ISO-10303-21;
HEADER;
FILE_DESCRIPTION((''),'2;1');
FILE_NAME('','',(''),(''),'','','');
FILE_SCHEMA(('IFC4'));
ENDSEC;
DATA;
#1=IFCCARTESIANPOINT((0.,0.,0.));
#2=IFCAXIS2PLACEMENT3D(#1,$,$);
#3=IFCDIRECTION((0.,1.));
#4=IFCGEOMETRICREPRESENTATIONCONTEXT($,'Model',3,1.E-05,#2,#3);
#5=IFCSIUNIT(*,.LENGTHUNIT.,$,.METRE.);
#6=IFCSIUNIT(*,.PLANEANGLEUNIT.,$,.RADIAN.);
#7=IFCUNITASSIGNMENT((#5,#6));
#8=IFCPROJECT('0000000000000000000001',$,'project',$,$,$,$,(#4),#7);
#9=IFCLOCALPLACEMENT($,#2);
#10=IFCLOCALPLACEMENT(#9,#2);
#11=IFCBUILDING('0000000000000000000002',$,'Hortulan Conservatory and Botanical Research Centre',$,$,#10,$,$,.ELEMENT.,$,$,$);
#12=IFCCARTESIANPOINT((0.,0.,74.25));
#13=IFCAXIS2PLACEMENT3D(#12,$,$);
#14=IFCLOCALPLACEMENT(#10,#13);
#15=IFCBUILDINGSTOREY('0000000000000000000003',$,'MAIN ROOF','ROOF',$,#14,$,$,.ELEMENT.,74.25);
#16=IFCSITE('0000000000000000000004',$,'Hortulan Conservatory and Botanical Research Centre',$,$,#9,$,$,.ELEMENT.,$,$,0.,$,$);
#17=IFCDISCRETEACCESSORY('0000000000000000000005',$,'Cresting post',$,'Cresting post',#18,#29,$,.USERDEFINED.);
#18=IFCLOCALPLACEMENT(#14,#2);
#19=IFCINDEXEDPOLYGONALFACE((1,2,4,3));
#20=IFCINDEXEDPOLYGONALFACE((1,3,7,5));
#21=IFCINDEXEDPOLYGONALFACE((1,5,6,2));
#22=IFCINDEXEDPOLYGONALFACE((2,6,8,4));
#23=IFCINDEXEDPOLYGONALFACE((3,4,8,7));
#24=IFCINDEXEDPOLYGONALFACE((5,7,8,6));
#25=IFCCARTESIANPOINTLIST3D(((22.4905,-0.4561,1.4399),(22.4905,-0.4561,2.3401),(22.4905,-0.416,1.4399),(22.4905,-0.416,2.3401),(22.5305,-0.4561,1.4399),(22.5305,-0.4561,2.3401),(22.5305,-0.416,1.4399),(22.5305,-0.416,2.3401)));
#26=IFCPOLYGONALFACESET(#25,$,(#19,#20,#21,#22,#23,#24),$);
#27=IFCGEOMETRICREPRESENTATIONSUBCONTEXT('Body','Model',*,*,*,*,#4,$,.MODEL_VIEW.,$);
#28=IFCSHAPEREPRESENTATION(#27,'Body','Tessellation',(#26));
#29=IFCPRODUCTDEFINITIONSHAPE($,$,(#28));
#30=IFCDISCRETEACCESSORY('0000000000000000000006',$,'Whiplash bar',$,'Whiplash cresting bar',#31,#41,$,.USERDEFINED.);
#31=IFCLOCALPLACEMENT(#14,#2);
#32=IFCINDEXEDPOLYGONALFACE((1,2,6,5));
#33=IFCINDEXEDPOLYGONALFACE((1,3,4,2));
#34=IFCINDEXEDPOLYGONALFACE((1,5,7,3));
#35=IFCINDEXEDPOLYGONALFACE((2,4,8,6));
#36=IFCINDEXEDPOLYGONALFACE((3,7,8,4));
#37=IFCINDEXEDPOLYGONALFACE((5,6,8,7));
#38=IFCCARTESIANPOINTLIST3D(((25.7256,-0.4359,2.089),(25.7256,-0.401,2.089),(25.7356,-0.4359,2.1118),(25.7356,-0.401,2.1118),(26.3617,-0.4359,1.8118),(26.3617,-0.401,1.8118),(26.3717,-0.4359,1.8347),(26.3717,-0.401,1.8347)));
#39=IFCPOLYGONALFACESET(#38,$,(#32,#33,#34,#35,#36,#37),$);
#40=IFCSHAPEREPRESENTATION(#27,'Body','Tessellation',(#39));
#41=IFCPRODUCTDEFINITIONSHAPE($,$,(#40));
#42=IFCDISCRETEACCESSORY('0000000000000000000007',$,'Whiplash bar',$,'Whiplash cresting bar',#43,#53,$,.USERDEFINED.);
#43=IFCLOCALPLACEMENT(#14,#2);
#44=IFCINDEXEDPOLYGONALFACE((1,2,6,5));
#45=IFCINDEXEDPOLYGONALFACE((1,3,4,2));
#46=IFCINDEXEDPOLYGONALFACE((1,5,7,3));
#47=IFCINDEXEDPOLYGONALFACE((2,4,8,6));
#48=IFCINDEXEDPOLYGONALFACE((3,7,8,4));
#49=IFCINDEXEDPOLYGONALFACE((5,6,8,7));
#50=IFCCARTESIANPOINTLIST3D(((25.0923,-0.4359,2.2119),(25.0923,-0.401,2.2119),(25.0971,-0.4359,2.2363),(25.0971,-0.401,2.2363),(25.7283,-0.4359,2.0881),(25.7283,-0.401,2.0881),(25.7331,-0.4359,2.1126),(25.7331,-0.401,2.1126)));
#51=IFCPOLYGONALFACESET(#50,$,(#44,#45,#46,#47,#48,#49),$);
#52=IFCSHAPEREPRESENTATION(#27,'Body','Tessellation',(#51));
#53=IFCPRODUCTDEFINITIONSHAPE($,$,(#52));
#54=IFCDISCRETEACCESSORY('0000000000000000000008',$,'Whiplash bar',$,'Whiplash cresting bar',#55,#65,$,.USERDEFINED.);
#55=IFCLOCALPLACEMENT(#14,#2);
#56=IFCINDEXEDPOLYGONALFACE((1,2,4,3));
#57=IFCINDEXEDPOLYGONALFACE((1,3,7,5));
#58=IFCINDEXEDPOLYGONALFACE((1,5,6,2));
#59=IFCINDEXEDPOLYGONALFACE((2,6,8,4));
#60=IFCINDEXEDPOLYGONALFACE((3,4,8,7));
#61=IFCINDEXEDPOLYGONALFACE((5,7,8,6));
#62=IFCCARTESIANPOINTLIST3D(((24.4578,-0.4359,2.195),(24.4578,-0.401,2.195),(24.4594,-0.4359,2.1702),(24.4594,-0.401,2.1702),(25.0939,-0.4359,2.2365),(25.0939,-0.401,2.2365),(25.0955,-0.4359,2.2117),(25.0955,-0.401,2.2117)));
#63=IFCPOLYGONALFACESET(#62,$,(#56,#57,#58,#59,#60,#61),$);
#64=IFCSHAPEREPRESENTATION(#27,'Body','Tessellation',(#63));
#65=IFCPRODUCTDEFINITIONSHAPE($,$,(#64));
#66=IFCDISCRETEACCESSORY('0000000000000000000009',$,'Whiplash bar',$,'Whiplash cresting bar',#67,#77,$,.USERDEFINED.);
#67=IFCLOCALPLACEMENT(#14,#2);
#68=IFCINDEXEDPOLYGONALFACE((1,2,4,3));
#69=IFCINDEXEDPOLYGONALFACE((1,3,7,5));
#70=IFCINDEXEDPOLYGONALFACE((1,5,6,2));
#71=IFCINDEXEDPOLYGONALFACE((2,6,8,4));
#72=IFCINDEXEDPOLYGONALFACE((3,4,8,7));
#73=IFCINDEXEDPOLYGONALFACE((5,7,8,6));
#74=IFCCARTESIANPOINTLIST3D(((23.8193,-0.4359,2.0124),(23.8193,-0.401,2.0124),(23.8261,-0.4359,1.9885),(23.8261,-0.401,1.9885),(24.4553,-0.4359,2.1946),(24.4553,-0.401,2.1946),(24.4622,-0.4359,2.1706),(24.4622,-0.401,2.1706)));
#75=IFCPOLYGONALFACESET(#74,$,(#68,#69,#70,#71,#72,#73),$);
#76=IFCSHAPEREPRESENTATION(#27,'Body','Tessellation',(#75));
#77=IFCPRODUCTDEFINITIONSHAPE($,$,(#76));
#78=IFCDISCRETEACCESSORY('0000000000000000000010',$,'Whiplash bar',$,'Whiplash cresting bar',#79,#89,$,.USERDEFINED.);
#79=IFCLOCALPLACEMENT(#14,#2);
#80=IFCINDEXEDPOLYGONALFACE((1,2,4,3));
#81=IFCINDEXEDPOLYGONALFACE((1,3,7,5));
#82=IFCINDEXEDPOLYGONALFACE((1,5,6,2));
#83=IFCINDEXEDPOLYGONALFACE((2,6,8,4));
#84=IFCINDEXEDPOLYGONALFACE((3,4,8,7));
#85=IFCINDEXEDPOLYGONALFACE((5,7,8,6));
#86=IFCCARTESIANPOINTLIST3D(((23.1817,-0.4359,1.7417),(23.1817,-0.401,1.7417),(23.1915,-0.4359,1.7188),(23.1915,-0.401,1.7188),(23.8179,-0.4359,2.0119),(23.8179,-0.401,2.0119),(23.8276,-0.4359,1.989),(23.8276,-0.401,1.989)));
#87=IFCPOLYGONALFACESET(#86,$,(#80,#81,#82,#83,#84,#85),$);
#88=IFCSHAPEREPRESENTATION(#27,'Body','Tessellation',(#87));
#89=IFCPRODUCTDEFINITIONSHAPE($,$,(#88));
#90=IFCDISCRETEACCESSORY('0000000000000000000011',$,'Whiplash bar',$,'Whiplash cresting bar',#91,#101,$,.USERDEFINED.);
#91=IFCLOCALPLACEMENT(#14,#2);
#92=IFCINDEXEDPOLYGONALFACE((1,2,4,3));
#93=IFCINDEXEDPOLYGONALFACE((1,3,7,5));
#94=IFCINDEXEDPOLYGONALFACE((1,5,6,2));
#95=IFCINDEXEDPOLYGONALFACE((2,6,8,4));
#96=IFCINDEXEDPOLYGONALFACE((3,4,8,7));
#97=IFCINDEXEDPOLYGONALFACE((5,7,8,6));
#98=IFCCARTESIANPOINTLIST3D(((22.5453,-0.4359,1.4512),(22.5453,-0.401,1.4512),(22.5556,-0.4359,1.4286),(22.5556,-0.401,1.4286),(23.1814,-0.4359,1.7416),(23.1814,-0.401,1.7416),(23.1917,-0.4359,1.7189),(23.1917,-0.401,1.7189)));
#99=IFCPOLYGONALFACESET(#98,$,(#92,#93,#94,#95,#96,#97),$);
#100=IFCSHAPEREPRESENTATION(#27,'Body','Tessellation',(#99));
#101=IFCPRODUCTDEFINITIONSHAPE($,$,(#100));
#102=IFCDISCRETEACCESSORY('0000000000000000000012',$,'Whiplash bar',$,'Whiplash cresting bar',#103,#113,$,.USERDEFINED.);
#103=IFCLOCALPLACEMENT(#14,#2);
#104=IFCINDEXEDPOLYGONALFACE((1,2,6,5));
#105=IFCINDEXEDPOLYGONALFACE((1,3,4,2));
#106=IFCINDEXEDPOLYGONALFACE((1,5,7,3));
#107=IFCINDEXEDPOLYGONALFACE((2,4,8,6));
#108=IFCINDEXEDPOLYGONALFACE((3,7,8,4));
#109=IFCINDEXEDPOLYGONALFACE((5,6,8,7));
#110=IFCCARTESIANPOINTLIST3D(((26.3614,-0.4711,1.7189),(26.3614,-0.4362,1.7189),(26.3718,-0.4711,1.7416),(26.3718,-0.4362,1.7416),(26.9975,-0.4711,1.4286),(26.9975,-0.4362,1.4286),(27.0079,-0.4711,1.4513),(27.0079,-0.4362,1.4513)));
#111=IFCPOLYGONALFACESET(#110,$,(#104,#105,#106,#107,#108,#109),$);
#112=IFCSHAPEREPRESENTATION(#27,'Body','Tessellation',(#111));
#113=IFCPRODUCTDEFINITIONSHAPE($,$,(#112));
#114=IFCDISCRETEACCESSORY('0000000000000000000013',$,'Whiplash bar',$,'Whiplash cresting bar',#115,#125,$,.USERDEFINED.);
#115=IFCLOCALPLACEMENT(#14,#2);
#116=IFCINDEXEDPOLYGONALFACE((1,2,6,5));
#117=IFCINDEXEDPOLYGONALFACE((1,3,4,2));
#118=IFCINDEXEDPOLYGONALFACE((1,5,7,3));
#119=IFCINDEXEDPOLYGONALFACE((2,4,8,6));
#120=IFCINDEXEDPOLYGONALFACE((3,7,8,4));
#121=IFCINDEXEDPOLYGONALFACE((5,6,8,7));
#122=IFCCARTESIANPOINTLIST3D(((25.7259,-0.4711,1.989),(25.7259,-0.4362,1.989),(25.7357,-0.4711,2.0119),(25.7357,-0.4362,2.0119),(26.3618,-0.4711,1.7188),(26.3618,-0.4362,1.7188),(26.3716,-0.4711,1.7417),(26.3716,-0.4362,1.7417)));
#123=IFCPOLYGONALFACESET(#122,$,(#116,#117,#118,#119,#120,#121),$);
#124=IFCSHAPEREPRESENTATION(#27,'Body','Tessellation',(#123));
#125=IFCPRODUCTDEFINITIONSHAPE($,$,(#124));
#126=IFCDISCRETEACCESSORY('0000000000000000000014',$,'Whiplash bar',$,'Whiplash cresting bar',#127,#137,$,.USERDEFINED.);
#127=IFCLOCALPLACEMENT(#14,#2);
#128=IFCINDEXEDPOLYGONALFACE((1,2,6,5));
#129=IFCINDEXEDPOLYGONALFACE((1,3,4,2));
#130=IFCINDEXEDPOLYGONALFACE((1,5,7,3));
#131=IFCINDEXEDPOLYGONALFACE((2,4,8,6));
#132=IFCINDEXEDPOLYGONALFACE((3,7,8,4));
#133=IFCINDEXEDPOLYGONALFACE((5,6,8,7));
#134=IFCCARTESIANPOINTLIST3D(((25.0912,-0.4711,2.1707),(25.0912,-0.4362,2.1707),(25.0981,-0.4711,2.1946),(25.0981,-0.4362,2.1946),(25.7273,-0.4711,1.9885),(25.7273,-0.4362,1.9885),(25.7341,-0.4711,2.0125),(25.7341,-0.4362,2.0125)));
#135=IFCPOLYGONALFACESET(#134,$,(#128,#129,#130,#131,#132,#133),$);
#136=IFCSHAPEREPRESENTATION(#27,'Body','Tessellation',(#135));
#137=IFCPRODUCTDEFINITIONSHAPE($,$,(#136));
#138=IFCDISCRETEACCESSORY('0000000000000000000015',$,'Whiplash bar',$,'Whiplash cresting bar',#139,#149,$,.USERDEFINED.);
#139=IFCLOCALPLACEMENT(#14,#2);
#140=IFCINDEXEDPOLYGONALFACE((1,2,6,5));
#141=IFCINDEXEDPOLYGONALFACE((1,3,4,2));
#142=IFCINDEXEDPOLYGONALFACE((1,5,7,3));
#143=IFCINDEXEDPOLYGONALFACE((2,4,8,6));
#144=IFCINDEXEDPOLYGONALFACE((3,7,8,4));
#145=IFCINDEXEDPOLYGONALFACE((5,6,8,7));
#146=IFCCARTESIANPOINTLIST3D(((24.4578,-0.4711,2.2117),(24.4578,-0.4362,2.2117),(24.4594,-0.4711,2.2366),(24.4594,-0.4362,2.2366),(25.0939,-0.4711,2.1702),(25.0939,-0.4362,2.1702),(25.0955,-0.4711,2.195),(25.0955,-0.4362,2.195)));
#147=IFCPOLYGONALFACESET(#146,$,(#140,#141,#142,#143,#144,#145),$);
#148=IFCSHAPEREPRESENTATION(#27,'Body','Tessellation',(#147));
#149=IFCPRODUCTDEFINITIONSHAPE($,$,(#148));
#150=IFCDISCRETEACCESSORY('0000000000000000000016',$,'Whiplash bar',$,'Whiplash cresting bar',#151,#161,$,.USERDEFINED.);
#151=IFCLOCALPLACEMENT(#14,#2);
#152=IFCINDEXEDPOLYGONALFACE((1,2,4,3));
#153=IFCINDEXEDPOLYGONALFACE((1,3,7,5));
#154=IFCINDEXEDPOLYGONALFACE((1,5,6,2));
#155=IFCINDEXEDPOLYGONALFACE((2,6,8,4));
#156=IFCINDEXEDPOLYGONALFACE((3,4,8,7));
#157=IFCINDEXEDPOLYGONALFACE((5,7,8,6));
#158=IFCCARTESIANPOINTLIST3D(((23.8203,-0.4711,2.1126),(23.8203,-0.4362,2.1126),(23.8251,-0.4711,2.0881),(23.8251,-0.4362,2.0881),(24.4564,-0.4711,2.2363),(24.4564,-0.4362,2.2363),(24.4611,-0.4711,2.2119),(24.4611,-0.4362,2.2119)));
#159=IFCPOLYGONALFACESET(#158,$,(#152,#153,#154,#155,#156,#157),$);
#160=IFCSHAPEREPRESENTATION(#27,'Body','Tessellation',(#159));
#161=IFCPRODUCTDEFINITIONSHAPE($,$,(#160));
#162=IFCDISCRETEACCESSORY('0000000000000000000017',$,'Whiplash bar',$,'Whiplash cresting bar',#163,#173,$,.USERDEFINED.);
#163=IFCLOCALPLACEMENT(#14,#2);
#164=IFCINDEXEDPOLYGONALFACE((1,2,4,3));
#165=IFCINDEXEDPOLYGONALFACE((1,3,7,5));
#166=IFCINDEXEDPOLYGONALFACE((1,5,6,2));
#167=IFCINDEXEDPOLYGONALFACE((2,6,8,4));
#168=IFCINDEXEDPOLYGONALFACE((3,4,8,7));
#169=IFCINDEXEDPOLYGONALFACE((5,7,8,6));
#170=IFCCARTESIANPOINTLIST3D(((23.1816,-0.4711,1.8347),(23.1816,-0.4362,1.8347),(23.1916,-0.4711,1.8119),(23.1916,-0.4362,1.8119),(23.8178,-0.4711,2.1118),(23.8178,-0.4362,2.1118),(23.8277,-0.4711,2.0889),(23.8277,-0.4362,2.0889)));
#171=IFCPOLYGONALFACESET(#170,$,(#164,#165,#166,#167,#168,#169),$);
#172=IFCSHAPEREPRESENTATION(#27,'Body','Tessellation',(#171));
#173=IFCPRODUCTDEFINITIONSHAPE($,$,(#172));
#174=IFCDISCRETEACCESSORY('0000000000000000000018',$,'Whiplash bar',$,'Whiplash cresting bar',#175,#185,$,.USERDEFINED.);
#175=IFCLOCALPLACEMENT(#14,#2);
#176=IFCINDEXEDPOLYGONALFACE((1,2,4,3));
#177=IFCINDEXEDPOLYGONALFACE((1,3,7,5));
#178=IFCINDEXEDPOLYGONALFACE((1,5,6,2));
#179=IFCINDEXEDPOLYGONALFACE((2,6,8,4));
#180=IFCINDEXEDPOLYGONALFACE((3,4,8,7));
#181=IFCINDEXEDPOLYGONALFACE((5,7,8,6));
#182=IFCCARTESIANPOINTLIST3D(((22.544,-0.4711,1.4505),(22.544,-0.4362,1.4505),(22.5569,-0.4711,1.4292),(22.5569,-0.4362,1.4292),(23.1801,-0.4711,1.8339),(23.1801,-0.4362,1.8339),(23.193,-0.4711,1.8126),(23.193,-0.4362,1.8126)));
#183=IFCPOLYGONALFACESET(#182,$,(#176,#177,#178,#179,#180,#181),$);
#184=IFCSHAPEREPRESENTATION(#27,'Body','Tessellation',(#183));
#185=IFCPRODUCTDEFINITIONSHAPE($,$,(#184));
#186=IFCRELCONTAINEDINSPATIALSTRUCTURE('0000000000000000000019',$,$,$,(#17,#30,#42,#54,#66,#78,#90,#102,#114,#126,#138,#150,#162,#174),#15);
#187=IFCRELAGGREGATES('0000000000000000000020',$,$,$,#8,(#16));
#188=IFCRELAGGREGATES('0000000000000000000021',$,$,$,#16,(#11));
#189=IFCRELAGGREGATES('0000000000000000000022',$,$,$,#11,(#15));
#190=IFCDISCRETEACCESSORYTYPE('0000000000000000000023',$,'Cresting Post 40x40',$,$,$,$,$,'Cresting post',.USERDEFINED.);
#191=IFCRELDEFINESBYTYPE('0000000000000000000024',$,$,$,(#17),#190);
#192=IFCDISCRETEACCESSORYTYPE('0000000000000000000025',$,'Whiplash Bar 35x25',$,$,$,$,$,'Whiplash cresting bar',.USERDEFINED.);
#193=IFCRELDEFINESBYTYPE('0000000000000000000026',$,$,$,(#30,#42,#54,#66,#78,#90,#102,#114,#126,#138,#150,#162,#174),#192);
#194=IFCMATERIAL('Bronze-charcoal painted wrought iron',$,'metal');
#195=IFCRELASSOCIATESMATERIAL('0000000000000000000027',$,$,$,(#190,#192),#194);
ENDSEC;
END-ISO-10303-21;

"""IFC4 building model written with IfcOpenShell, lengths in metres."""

from ifc_helpers import new_model, si_unit, direction, frame, origin, origin_2d, place, context, subcontext, project, spatial, rectangle, extrude, material, material_profile, profile_set, type_object, element, save


model = new_model("IFC4")

# Units and contexts
model_context = context("Model", 3, precision=1e-05, world=origin(), true_north=direction((0.0, 1.0)))
body_context = subcontext(model_context, "Body", "Model", "MODEL_VIEW")
ifc_project = project(units=[si_unit("LENGTHUNIT", "METRE"), si_unit("PLANEANGLEUNIT", "RADIAN")], contexts=[model_context])

# Site, building, storey
site_placement = place(None, origin())
site = spatial("IfcSite", under=ifc_project, at=site_placement, Name="Hortulan Conservatory and Botanical Research Centre", CompositionType="ELEMENT", RefElevation=0.0)
building_placement = place(site_placement, origin())
building = spatial("IfcBuilding", under=site, at=building_placement, Name="Hortulan Conservatory and Botanical Research Centre", CompositionType="ELEMENT")
storey_placement = place(building_placement, frame((0.0, 0.0, 74.25)))
storey = spatial("IfcBuildingStorey", under=building, at=storey_placement, Name="MAIN ROOF", Description="ROOF", CompositionType="ELEMENT", Elevation=74.25)

# Discrete accessories
ifc_material = material(Name="Bronze-charcoal painted wrought iron", Category="metal")
ifc_material_profile_1 = material_profile(ifc_material, rectangle(XDim=0.04, YDim=0.04, at=origin_2d()), Name="Square bar 40x40")
ifc_profile_set_1 = profile_set([ifc_material_profile_1], Name="Bronze-charcoal painted wrought iron")
discrete_accessory_type_1 = type_object("IfcDiscreteAccessoryType", Name="Cresting Post 40x40", ElementType="Cresting post", PredefinedType="USERDEFINED", material=ifc_profile_set_1)
discrete_accessory_1_placement = place(storey_placement, frame((22.5105, -0.436, 1.4399), z_axis=(0.0, 0.0, 1.0), x_axis=(1.0, 0.0, 0.0)))
element("IfcDiscreteAccessory", 1, at=discrete_accessory_1_placement, inside=storey, type_object=discrete_accessory_type_1, Name="Cresting post", ObjectType="Cresting post", PredefinedType="USERDEFINED", context=body_context, shape_type="SweptSolid", body=[
    extrude(rectangle(XDim=0.04, YDim=0.04, at=origin_2d()), origin(), (0.0, 0.0, 1.0), 0.9001),
])
ifc_material_profile_2 = material_profile(ifc_material, rectangle(XDim=0.0349, YDim=0.0249, at=origin_2d()), Name="Flat bar 35x25")
ifc_profile_set_2 = profile_set([ifc_material_profile_2], Name="Bronze-charcoal painted wrought iron")
discrete_accessory_type_2 = type_object("IfcDiscreteAccessoryType", Name="Whiplash Bar 35x25", ElementType="Whiplash cresting bar", PredefinedType="USERDEFINED", material=ifc_profile_set_2)
discrete_accessory_2_placement = place(storey_placement, frame((26.3667, -0.4185, 1.8232), z_axis=(-0.916762, 0.0, 0.399434), x_axis=(0.0, -1.0, 0.0)))
element("IfcDiscreteAccessory", 2, at=discrete_accessory_2_placement, inside=storey, type_object=discrete_accessory_type_2, Name="Whiplash bar", ObjectType="Whiplash cresting bar", PredefinedType="USERDEFINED", context=body_context, shape_type="SweptSolid", body=[
    extrude(rectangle(XDim=0.0349, YDim=0.0249, at=origin_2d()), origin(), (0.0, 0.0, 1.0), 0.6938),
])
discrete_accessory_3_placement = place(storey_placement, frame((25.7307, -0.4185, 2.1003), z_axis=(-0.981582, 0.0, 0.191041), x_axis=(0.0, -1.0, 0.0)))
element("IfcDiscreteAccessory", 3, at=discrete_accessory_3_placement, inside=storey, type_object=discrete_accessory_type_2, Name="Whiplash bar", ObjectType="Whiplash cresting bar", PredefinedType="USERDEFINED", context=body_context, shape_type="SweptSolid", body=[
    extrude(rectangle(XDim=0.0349, YDim=0.0249, at=origin_2d()), origin(), (0.0, 0.0, 1.0), 0.6479),
])
discrete_accessory_4_placement = place(storey_placement, frame((25.0947, -0.4185, 2.2241), z_axis=(-0.997877, 0.0, -0.065121), x_axis=(0.0, -1.0, 0.0)))
element("IfcDiscreteAccessory", 4, at=discrete_accessory_4_placement, inside=storey, type_object=discrete_accessory_type_2, Name="Whiplash bar", ObjectType="Whiplash cresting bar", PredefinedType="USERDEFINED", context=body_context, shape_type="SweptSolid", body=[
    extrude(rectangle(XDim=0.0349, YDim=0.0249, at=origin_2d()), origin(), (0.0, 0.0, 1.0), 0.6375),
])
discrete_accessory_5_placement = place(storey_placement, frame((24.4587, -0.4185, 2.1826), z_axis=(-0.961357, 0.0, -0.275306), x_axis=(0.0, -1.0, 0.0)))
element("IfcDiscreteAccessory", 5, at=discrete_accessory_5_placement, inside=storey, type_object=discrete_accessory_type_2, Name="Whiplash bar", ObjectType="Whiplash cresting bar", PredefinedType="USERDEFINED", context=body_context, shape_type="SweptSolid", body=[
    extrude(rectangle(XDim=0.0349, YDim=0.0249, at=origin_2d()), origin(), (0.0, 0.0, 1.0), 0.6616),
])
discrete_accessory_6_placement = place(storey_placement, frame((23.8228, -0.4185, 2.0005), z_axis=(-0.920401, 0.0, -0.390976), x_axis=(0.0, -1.0, 0.0)))
element("IfcDiscreteAccessory", 6, at=discrete_accessory_6_placement, inside=storey, type_object=discrete_accessory_type_2, Name="Whiplash bar", ObjectType="Whiplash cresting bar", PredefinedType="USERDEFINED", context=body_context, shape_type="SweptSolid", body=[
    extrude(rectangle(XDim=0.0349, YDim=0.0249, at=origin_2d()), origin(), (0.0, 0.0, 1.0), 0.6912),
])
for number, where, z_axis, x_axis, name in (
    (7, (23.1865, -0.4185, 1.7302), (-0.90972, 0.0, -0.415223), (0.0, -1.0, 0.0), "Whiplash bar"),
    (8, (27.0027, -0.4536, 1.4399), (-0.90972, 0.0, 0.415223), (0.0, -1.0, 0.0), "Whiplash bar"),
):
    element("IfcDiscreteAccessory", number, at=place(storey_placement, frame(where, z_axis=z_axis, x_axis=x_axis)), inside=storey, type_object=discrete_accessory_type_2, Name=name, ObjectType="Whiplash cresting bar", PredefinedType="USERDEFINED", context=body_context, shape_type="SweptSolid", body=[
        extrude(rectangle(XDim=0.0349, YDim=0.0249, at=origin_2d()), origin(), (0.0, 0.0, 1.0), 0.6992),
    ])
discrete_accessory_7_placement = place(storey_placement, frame((26.3667, -0.4536, 1.7302), z_axis=(-0.920347, 0.0, 0.391103), x_axis=(0.0, -1.0, 0.0)))
element("IfcDiscreteAccessory", 9, at=discrete_accessory_7_placement, inside=storey, type_object=discrete_accessory_type_2, Name="Whiplash bar", ObjectType="Whiplash cresting bar", PredefinedType="USERDEFINED", context=body_context, shape_type="SweptSolid", body=[
    extrude(rectangle(XDim=0.0349, YDim=0.0249, at=origin_2d()), origin(), (0.0, 0.0, 1.0), 0.6909),
])
discrete_accessory_8_placement = place(storey_placement, frame((25.7307, -0.4536, 2.0005), z_axis=(-0.961357, 0.0, 0.275306), x_axis=(0.0, -1.0, 0.0)))
element("IfcDiscreteAccessory", 10, at=discrete_accessory_8_placement, inside=storey, type_object=discrete_accessory_type_2, Name="Whiplash bar", ObjectType="Whiplash cresting bar", PredefinedType="USERDEFINED", context=body_context, shape_type="SweptSolid", body=[
    extrude(rectangle(XDim=0.0349, YDim=0.0249, at=origin_2d()), origin(), (0.0, 0.0, 1.0), 0.6616),
])
discrete_accessory_9_placement = place(storey_placement, frame((25.0947, -0.4536, 2.1826), z_axis=(-0.997877, 0.0, 0.065121), x_axis=(0.0, -1.0, 0.0)))
element("IfcDiscreteAccessory", 11, at=discrete_accessory_9_placement, inside=storey, type_object=discrete_accessory_type_2, Name="Whiplash bar", ObjectType="Whiplash cresting bar", PredefinedType="USERDEFINED", context=body_context, shape_type="SweptSolid", body=[
    extrude(rectangle(XDim=0.0349, YDim=0.0249, at=origin_2d()), origin(), (0.0, 0.0, 1.0), 0.6375),
])
discrete_accessory_10_placement = place(storey_placement, frame((24.4587, -0.4536, 2.2241), z_axis=(-0.981582, 0.0, -0.191041), x_axis=(0.0, -1.0, 0.0)))
element("IfcDiscreteAccessory", 12, at=discrete_accessory_10_placement, inside=storey, type_object=discrete_accessory_type_2, Name="Whiplash bar", ObjectType="Whiplash cresting bar", PredefinedType="USERDEFINED", context=body_context, shape_type="SweptSolid", body=[
    extrude(rectangle(XDim=0.0349, YDim=0.0249, at=origin_2d()), origin(), (0.0, 0.0, 1.0), 0.6479),
])
discrete_accessory_11_placement = place(storey_placement, frame((23.8228, -0.4536, 2.1003), z_axis=(-0.916818, 0.0, -0.399305), x_axis=(0.0, -1.0, 0.0)))
element("IfcDiscreteAccessory", 13, at=discrete_accessory_11_placement, inside=storey, type_object=discrete_accessory_type_2, Name="Whiplash bar", ObjectType="Whiplash cresting bar", PredefinedType="USERDEFINED", context=body_context, shape_type="SweptSolid", body=[
    extrude(rectangle(XDim=0.0349, YDim=0.0249, at=origin_2d()), origin(), (0.0, 0.0, 1.0), 0.6938),
])
for number, where, z_axis, x_axis, name in (
    (14, (23.1865, -0.4536, 1.8232), (-0.856476, 0.0, -0.516187), (0.0, -1.0, 0.0), "Whiplash bar"),
):
    element("IfcDiscreteAccessory", number, at=place(storey_placement, frame(where, z_axis=z_axis, x_axis=x_axis)), inside=storey, type_object=discrete_accessory_type_2, Name=name, ObjectType="Whiplash cresting bar", PredefinedType="USERDEFINED", context=body_context, shape_type="SweptSolid", body=[
        extrude(rectangle(XDim=0.0349, YDim=0.0249, at=origin_2d()), origin(), (0.0, 0.0, 1.0), 0.7427),
    ])

save(model, "model.ifc")
